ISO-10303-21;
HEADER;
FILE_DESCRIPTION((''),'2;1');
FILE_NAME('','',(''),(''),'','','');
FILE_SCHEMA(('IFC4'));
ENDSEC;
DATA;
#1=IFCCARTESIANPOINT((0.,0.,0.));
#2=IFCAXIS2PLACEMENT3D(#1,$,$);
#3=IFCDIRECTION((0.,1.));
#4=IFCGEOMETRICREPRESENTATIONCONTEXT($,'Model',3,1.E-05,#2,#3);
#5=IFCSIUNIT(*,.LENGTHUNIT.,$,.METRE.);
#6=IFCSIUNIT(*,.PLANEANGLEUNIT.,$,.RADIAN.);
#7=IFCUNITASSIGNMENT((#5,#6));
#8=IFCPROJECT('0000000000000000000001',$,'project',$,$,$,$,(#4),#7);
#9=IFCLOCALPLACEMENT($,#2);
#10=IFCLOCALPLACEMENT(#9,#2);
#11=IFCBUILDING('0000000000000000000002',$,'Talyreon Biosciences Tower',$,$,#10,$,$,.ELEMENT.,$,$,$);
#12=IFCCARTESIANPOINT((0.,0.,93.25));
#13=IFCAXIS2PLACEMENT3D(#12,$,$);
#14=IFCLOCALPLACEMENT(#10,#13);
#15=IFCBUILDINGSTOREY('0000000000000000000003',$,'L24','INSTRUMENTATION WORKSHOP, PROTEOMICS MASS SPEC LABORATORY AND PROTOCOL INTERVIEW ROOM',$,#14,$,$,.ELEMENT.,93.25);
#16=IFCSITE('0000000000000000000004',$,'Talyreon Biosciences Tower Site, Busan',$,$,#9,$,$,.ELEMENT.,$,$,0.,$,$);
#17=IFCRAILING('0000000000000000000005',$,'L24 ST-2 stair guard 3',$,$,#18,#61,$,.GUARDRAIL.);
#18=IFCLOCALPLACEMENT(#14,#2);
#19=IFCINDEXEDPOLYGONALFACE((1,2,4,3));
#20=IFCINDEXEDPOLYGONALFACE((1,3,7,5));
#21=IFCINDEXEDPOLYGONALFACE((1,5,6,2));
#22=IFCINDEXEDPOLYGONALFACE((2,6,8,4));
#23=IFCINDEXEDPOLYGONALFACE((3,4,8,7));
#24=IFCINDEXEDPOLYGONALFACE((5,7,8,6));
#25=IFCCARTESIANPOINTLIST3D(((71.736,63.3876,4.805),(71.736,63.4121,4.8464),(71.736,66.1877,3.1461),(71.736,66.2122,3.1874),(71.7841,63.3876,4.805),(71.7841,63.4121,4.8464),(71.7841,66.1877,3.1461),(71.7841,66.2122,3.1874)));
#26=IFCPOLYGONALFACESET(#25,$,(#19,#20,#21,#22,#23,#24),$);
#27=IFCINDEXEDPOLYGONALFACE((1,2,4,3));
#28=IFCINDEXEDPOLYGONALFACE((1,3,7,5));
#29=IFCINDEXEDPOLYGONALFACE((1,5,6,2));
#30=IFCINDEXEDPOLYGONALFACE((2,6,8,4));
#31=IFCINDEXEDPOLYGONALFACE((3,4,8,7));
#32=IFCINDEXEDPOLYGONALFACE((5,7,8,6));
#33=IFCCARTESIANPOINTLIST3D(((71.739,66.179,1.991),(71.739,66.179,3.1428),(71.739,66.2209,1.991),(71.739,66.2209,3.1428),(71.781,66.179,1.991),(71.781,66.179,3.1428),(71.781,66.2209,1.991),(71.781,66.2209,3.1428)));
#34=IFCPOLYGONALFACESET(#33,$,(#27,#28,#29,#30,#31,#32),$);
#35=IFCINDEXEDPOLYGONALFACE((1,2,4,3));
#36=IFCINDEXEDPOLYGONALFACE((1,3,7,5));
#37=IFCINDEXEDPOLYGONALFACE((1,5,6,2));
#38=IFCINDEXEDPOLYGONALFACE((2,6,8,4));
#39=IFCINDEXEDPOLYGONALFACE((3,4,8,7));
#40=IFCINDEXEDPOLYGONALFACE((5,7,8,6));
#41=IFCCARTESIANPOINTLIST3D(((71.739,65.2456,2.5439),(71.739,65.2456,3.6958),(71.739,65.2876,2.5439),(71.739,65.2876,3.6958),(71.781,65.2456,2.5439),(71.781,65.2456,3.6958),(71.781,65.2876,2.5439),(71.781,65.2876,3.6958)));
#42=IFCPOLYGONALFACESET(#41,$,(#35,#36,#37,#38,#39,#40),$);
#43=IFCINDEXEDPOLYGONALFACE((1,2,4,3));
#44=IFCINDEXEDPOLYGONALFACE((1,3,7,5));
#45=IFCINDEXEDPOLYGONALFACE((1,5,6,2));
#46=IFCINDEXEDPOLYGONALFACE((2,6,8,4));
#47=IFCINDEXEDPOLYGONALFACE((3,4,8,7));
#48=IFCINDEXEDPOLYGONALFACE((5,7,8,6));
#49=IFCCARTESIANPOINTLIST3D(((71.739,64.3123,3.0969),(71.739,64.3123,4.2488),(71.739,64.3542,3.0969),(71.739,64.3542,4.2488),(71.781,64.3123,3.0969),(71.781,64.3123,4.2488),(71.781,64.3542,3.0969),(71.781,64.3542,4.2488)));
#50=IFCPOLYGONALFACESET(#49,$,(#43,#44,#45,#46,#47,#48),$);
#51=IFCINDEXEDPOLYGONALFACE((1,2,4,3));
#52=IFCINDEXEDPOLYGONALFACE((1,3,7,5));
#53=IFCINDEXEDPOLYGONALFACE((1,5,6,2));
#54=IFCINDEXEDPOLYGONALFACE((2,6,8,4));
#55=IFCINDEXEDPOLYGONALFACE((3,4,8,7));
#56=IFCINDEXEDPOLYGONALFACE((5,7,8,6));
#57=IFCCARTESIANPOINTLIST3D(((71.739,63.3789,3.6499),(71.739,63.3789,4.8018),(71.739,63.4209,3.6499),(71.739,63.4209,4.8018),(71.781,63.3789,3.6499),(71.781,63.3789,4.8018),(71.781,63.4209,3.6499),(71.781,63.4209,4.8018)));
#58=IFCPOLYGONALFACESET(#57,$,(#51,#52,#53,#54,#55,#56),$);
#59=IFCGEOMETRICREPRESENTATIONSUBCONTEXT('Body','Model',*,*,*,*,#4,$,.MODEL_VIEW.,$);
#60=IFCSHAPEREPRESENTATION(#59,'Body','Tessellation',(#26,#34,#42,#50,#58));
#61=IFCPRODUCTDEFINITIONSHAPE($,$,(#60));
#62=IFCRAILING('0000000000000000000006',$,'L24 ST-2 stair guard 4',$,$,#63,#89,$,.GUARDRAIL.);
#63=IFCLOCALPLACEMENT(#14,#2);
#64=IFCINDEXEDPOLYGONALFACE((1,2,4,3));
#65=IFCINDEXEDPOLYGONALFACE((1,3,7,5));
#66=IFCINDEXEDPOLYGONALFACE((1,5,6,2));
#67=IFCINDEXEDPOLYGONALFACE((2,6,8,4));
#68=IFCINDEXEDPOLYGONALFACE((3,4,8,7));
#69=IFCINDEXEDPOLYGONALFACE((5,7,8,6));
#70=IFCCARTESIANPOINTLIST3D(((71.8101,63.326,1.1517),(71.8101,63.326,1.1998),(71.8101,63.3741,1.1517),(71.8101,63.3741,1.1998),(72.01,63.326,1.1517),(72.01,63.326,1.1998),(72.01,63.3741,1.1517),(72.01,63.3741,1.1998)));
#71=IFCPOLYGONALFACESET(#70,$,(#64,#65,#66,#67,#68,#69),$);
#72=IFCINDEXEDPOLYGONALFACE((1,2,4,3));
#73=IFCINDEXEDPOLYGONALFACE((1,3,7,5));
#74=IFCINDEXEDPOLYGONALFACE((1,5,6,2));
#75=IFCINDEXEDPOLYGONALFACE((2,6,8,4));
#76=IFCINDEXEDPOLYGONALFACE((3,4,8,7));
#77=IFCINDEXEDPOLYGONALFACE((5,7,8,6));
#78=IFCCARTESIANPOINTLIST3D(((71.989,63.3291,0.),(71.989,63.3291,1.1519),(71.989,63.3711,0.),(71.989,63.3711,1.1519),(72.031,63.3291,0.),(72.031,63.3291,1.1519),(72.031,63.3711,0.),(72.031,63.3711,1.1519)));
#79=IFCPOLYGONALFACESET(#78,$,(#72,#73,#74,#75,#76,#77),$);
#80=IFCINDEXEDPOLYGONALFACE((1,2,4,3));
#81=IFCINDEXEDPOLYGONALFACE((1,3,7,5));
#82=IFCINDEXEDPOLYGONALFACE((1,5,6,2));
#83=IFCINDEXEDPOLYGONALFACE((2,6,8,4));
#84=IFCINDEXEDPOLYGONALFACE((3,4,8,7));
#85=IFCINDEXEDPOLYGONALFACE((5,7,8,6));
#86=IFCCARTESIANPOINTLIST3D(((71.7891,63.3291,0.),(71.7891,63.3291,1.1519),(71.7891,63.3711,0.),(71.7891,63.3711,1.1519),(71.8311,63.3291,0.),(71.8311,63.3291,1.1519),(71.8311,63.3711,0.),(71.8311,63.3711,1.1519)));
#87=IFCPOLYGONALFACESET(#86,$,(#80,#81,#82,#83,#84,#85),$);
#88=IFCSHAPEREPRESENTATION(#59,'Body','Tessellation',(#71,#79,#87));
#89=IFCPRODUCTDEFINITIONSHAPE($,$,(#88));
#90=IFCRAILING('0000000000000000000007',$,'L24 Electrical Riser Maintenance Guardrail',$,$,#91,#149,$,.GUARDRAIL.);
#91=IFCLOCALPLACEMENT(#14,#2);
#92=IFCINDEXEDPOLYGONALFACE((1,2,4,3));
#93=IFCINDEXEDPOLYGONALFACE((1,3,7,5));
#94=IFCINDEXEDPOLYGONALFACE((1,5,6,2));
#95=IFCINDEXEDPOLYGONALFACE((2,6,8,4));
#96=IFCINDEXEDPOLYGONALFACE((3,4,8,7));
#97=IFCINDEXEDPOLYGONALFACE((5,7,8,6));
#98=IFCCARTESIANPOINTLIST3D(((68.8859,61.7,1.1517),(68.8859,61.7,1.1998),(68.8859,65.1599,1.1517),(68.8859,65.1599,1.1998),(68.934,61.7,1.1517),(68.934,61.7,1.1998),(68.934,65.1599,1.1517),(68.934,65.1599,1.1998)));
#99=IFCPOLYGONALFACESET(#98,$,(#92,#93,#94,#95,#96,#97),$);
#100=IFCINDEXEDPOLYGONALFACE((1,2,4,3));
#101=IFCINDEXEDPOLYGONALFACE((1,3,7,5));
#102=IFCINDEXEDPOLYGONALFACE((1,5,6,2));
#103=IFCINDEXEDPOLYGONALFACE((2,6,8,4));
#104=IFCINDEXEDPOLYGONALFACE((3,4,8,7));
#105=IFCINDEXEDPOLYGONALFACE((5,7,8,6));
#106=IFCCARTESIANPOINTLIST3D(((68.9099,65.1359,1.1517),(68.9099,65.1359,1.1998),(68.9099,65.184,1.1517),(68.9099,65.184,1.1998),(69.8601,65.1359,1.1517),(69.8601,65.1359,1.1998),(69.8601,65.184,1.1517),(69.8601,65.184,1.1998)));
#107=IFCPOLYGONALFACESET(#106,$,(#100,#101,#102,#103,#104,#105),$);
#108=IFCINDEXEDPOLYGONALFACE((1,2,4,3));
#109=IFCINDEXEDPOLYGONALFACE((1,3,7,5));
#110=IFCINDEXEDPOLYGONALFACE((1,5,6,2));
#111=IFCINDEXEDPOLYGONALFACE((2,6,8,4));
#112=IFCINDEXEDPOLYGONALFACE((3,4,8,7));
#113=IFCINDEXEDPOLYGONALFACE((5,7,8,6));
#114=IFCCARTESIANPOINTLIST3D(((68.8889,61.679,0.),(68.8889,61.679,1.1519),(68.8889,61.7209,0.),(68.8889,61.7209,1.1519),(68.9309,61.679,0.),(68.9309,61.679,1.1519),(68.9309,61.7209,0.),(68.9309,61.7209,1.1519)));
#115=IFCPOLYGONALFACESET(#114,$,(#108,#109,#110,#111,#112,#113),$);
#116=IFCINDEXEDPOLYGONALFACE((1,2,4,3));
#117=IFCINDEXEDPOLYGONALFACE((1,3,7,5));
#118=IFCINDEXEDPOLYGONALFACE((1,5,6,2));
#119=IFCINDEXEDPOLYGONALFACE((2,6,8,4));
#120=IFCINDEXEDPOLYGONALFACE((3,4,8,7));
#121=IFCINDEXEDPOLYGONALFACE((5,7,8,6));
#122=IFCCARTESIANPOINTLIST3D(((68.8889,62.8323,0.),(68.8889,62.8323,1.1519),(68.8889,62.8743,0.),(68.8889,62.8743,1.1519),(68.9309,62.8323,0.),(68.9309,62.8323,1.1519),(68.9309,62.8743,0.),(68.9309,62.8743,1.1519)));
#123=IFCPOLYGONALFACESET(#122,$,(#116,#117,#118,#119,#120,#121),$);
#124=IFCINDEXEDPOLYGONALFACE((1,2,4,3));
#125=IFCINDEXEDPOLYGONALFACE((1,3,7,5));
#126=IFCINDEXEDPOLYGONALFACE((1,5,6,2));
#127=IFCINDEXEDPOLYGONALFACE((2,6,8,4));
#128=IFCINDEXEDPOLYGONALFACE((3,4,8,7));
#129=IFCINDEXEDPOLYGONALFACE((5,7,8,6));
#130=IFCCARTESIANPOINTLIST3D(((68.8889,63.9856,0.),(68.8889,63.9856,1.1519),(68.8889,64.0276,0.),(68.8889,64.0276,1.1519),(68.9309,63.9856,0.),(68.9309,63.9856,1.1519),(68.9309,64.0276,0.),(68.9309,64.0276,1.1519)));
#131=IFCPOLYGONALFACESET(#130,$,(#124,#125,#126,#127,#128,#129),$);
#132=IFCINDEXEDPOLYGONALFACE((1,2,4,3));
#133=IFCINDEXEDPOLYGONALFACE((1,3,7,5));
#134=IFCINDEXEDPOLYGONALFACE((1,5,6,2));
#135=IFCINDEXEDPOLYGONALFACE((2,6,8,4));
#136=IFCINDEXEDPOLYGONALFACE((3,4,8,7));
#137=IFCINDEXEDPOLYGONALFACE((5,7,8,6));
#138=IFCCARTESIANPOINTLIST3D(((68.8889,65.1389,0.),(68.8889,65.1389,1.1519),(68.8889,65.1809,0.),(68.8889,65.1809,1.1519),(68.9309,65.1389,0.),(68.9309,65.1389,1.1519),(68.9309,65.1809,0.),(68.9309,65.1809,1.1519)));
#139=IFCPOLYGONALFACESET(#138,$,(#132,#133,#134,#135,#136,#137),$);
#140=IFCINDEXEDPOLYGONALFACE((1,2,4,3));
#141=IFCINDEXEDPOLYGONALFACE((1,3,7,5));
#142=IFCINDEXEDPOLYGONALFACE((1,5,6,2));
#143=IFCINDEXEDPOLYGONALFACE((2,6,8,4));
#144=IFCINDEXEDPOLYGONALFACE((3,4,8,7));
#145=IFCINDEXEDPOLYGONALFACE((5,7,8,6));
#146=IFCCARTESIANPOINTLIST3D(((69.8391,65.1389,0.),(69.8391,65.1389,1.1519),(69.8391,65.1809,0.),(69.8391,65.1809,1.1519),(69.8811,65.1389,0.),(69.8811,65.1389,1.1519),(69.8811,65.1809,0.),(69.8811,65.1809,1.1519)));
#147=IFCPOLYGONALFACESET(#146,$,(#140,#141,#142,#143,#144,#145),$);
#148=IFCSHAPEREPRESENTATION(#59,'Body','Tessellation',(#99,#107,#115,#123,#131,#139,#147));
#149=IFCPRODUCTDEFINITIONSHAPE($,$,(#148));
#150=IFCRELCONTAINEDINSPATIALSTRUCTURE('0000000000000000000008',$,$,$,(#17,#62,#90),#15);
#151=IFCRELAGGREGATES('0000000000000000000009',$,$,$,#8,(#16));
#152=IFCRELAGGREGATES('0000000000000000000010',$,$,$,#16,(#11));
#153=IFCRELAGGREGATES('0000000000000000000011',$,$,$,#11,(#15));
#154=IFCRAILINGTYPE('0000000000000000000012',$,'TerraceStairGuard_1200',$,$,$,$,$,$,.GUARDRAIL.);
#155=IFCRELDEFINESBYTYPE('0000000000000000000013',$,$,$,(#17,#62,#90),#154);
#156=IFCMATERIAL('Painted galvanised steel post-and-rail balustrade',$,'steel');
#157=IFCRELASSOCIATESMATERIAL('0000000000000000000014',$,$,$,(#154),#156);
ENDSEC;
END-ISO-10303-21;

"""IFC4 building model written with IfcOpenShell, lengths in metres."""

from ifc_helpers import new_model, si_unit, direction, frame, origin, origin_2d, place, context, subcontext, project, spatial, rectangle, extrude, material, type_object, element, save


model = new_model("IFC4")

# Units and contexts
model_context = context("Model", 3, precision=1e-05, world=origin(), true_north=direction((0.0, 1.0)))
body_context = subcontext(model_context, "Body", "Model", "MODEL_VIEW")
ifc_project = project(units=[si_unit("LENGTHUNIT", "METRE"), si_unit("PLANEANGLEUNIT", "RADIAN")], contexts=[model_context])

# Site, building, storey
site_placement = place(None, origin())
site = spatial("IfcSite", under=ifc_project, at=site_placement, Name="Talyreon Biosciences Tower Site, Busan", CompositionType="ELEMENT", RefElevation=0.0)
building_placement = place(site_placement, origin())
building = spatial("IfcBuilding", under=site, at=building_placement, Name="Talyreon Biosciences Tower", CompositionType="ELEMENT")
storey_placement = place(building_placement, frame((0.0, 0.0, 93.25)))
storey = spatial("IfcBuildingStorey", under=building, at=storey_placement, Name="L24", Description="INSTRUMENTATION WORKSHOP, PROTEOMICS MASS SPEC LABORATORY AND PROTOCOL INTERVIEW ROOM", CompositionType="ELEMENT", Elevation=93.25)

# Railings
ifc_material_1 = material(Name="Painted galvanised steel post-and-rail balustrade", Category="steel")
railing_type_1 = type_object("IfcRailingType", Name="TerraceStairGuard_1200", PredefinedType="GUARDRAIL", material=ifc_material_1)
railing_1_placement = place(storey_placement, frame((71.76, 66.2, 1.991)))
element("IfcRailing", 1, at=railing_1_placement, inside=storey, type_object=railing_type_1, Name="L24 ST-2 stair guard 3", PredefinedType="GUARDRAIL", context=body_context, shape_type="SweptSolid", body=[
    extrude(rectangle(XDim=0.0481, YDim=0.0481, at=origin_2d()), frame((0.0, 0.0, 1.1758), z_axis=(0.0, -0.860339, 0.509722), x_axis=(1.0, 0.0, 0.0)), (0.0, 0.0, 1.0), 3.2546),
    extrude(rectangle(XDim=0.042, YDim=0.042, at=origin_2d()), origin(), (0.0, 0.0, 1.0), 1.1519),
    extrude(rectangle(XDim=0.042, YDim=0.042, at=origin_2d()), frame((0.0, -0.9333, 0.553)), (0.0, 0.0, 1.0), 1.1519),
    extrude(rectangle(XDim=0.042, YDim=0.042, at=origin_2d()), frame((0.0, -1.8667, 1.106)), (0.0, 0.0, 1.0), 1.1519),
    extrude(rectangle(XDim=0.042, YDim=0.042, at=origin_2d()), frame((0.0, -2.8, 1.6589)), (0.0, 0.0, 1.0), 1.1519),
])
railing_2_placement = place(storey_placement, frame((72.01, 63.3501, 0.0)))
element("IfcRailing", 2, at=railing_2_placement, inside=storey, type_object=railing_type_1, Name="L24 ST-2 stair guard 4", PredefinedType="GUARDRAIL", context=body_context, shape_type="SweptSolid", body=[
    extrude(rectangle(XDim=0.0481, YDim=0.0481, at=origin_2d()), frame((0.0, 0.0, 1.1758), z_axis=(-1.0, 0.0, 0.0), x_axis=(0.0, -1.0, 0.0)), (0.0, 0.0, 1.0), 0.2),
    extrude(rectangle(XDim=0.042, YDim=0.042, at=origin_2d()), origin(), (0.0, 0.0, 1.0), 1.1519),
    extrude(rectangle(XDim=0.042, YDim=0.042, at=origin_2d()), frame((-0.2, 0.0, 0.0)), (0.0, 0.0, 1.0), 1.1519),
])
railing_3_placement = place(storey_placement, frame((68.9099, 61.7, 0.0)))
element("IfcRailing", 3, at=railing_3_placement, inside=storey, type_object=railing_type_1, Name="L24 Electrical Riser Maintenance Guardrail", PredefinedType="GUARDRAIL", context=body_context, shape_type="SweptSolid", body=[
    extrude(rectangle(XDim=0.0481, YDim=0.0481, at=origin_2d()), frame((0.0, 0.0, 1.1758), z_axis=(0.0, 1.0, 0.0), x_axis=(-1.0, 0.0, 0.0)), (0.0, 0.0, 1.0), 3.46),
    extrude(rectangle(XDim=0.0481, YDim=0.0481, at=origin_2d()), frame((0.0, 3.46, 1.1758), z_axis=(1.0, 0.0, 0.0), x_axis=(0.0, 1.0, 0.0)), (0.0, 0.0, 1.0), 0.9502),
    extrude(rectangle(XDim=0.042, YDim=0.042, at=origin_2d()), origin(), (0.0, 0.0, 1.0), 1.1519),
    extrude(rectangle(XDim=0.042, YDim=0.042, at=origin_2d()), frame((0.0, 1.1533, 0.0)), (0.0, 0.0, 1.0), 1.1519),
    extrude(rectangle(XDim=0.042, YDim=0.042, at=origin_2d()), frame((0.0, 2.3066, 0.0)), (0.0, 0.0, 1.0), 1.1519),
    extrude(rectangle(XDim=0.042, YDim=0.042, at=origin_2d()), frame((0.0, 3.46, 0.0)), (0.0, 0.0, 1.0), 1.1519),
    extrude(rectangle(XDim=0.042, YDim=0.042, at=origin_2d()), frame((0.9502, 3.46, 0.0)), (0.0, 0.0, 1.0), 1.1519),
])

save(model, "model.ifc")
